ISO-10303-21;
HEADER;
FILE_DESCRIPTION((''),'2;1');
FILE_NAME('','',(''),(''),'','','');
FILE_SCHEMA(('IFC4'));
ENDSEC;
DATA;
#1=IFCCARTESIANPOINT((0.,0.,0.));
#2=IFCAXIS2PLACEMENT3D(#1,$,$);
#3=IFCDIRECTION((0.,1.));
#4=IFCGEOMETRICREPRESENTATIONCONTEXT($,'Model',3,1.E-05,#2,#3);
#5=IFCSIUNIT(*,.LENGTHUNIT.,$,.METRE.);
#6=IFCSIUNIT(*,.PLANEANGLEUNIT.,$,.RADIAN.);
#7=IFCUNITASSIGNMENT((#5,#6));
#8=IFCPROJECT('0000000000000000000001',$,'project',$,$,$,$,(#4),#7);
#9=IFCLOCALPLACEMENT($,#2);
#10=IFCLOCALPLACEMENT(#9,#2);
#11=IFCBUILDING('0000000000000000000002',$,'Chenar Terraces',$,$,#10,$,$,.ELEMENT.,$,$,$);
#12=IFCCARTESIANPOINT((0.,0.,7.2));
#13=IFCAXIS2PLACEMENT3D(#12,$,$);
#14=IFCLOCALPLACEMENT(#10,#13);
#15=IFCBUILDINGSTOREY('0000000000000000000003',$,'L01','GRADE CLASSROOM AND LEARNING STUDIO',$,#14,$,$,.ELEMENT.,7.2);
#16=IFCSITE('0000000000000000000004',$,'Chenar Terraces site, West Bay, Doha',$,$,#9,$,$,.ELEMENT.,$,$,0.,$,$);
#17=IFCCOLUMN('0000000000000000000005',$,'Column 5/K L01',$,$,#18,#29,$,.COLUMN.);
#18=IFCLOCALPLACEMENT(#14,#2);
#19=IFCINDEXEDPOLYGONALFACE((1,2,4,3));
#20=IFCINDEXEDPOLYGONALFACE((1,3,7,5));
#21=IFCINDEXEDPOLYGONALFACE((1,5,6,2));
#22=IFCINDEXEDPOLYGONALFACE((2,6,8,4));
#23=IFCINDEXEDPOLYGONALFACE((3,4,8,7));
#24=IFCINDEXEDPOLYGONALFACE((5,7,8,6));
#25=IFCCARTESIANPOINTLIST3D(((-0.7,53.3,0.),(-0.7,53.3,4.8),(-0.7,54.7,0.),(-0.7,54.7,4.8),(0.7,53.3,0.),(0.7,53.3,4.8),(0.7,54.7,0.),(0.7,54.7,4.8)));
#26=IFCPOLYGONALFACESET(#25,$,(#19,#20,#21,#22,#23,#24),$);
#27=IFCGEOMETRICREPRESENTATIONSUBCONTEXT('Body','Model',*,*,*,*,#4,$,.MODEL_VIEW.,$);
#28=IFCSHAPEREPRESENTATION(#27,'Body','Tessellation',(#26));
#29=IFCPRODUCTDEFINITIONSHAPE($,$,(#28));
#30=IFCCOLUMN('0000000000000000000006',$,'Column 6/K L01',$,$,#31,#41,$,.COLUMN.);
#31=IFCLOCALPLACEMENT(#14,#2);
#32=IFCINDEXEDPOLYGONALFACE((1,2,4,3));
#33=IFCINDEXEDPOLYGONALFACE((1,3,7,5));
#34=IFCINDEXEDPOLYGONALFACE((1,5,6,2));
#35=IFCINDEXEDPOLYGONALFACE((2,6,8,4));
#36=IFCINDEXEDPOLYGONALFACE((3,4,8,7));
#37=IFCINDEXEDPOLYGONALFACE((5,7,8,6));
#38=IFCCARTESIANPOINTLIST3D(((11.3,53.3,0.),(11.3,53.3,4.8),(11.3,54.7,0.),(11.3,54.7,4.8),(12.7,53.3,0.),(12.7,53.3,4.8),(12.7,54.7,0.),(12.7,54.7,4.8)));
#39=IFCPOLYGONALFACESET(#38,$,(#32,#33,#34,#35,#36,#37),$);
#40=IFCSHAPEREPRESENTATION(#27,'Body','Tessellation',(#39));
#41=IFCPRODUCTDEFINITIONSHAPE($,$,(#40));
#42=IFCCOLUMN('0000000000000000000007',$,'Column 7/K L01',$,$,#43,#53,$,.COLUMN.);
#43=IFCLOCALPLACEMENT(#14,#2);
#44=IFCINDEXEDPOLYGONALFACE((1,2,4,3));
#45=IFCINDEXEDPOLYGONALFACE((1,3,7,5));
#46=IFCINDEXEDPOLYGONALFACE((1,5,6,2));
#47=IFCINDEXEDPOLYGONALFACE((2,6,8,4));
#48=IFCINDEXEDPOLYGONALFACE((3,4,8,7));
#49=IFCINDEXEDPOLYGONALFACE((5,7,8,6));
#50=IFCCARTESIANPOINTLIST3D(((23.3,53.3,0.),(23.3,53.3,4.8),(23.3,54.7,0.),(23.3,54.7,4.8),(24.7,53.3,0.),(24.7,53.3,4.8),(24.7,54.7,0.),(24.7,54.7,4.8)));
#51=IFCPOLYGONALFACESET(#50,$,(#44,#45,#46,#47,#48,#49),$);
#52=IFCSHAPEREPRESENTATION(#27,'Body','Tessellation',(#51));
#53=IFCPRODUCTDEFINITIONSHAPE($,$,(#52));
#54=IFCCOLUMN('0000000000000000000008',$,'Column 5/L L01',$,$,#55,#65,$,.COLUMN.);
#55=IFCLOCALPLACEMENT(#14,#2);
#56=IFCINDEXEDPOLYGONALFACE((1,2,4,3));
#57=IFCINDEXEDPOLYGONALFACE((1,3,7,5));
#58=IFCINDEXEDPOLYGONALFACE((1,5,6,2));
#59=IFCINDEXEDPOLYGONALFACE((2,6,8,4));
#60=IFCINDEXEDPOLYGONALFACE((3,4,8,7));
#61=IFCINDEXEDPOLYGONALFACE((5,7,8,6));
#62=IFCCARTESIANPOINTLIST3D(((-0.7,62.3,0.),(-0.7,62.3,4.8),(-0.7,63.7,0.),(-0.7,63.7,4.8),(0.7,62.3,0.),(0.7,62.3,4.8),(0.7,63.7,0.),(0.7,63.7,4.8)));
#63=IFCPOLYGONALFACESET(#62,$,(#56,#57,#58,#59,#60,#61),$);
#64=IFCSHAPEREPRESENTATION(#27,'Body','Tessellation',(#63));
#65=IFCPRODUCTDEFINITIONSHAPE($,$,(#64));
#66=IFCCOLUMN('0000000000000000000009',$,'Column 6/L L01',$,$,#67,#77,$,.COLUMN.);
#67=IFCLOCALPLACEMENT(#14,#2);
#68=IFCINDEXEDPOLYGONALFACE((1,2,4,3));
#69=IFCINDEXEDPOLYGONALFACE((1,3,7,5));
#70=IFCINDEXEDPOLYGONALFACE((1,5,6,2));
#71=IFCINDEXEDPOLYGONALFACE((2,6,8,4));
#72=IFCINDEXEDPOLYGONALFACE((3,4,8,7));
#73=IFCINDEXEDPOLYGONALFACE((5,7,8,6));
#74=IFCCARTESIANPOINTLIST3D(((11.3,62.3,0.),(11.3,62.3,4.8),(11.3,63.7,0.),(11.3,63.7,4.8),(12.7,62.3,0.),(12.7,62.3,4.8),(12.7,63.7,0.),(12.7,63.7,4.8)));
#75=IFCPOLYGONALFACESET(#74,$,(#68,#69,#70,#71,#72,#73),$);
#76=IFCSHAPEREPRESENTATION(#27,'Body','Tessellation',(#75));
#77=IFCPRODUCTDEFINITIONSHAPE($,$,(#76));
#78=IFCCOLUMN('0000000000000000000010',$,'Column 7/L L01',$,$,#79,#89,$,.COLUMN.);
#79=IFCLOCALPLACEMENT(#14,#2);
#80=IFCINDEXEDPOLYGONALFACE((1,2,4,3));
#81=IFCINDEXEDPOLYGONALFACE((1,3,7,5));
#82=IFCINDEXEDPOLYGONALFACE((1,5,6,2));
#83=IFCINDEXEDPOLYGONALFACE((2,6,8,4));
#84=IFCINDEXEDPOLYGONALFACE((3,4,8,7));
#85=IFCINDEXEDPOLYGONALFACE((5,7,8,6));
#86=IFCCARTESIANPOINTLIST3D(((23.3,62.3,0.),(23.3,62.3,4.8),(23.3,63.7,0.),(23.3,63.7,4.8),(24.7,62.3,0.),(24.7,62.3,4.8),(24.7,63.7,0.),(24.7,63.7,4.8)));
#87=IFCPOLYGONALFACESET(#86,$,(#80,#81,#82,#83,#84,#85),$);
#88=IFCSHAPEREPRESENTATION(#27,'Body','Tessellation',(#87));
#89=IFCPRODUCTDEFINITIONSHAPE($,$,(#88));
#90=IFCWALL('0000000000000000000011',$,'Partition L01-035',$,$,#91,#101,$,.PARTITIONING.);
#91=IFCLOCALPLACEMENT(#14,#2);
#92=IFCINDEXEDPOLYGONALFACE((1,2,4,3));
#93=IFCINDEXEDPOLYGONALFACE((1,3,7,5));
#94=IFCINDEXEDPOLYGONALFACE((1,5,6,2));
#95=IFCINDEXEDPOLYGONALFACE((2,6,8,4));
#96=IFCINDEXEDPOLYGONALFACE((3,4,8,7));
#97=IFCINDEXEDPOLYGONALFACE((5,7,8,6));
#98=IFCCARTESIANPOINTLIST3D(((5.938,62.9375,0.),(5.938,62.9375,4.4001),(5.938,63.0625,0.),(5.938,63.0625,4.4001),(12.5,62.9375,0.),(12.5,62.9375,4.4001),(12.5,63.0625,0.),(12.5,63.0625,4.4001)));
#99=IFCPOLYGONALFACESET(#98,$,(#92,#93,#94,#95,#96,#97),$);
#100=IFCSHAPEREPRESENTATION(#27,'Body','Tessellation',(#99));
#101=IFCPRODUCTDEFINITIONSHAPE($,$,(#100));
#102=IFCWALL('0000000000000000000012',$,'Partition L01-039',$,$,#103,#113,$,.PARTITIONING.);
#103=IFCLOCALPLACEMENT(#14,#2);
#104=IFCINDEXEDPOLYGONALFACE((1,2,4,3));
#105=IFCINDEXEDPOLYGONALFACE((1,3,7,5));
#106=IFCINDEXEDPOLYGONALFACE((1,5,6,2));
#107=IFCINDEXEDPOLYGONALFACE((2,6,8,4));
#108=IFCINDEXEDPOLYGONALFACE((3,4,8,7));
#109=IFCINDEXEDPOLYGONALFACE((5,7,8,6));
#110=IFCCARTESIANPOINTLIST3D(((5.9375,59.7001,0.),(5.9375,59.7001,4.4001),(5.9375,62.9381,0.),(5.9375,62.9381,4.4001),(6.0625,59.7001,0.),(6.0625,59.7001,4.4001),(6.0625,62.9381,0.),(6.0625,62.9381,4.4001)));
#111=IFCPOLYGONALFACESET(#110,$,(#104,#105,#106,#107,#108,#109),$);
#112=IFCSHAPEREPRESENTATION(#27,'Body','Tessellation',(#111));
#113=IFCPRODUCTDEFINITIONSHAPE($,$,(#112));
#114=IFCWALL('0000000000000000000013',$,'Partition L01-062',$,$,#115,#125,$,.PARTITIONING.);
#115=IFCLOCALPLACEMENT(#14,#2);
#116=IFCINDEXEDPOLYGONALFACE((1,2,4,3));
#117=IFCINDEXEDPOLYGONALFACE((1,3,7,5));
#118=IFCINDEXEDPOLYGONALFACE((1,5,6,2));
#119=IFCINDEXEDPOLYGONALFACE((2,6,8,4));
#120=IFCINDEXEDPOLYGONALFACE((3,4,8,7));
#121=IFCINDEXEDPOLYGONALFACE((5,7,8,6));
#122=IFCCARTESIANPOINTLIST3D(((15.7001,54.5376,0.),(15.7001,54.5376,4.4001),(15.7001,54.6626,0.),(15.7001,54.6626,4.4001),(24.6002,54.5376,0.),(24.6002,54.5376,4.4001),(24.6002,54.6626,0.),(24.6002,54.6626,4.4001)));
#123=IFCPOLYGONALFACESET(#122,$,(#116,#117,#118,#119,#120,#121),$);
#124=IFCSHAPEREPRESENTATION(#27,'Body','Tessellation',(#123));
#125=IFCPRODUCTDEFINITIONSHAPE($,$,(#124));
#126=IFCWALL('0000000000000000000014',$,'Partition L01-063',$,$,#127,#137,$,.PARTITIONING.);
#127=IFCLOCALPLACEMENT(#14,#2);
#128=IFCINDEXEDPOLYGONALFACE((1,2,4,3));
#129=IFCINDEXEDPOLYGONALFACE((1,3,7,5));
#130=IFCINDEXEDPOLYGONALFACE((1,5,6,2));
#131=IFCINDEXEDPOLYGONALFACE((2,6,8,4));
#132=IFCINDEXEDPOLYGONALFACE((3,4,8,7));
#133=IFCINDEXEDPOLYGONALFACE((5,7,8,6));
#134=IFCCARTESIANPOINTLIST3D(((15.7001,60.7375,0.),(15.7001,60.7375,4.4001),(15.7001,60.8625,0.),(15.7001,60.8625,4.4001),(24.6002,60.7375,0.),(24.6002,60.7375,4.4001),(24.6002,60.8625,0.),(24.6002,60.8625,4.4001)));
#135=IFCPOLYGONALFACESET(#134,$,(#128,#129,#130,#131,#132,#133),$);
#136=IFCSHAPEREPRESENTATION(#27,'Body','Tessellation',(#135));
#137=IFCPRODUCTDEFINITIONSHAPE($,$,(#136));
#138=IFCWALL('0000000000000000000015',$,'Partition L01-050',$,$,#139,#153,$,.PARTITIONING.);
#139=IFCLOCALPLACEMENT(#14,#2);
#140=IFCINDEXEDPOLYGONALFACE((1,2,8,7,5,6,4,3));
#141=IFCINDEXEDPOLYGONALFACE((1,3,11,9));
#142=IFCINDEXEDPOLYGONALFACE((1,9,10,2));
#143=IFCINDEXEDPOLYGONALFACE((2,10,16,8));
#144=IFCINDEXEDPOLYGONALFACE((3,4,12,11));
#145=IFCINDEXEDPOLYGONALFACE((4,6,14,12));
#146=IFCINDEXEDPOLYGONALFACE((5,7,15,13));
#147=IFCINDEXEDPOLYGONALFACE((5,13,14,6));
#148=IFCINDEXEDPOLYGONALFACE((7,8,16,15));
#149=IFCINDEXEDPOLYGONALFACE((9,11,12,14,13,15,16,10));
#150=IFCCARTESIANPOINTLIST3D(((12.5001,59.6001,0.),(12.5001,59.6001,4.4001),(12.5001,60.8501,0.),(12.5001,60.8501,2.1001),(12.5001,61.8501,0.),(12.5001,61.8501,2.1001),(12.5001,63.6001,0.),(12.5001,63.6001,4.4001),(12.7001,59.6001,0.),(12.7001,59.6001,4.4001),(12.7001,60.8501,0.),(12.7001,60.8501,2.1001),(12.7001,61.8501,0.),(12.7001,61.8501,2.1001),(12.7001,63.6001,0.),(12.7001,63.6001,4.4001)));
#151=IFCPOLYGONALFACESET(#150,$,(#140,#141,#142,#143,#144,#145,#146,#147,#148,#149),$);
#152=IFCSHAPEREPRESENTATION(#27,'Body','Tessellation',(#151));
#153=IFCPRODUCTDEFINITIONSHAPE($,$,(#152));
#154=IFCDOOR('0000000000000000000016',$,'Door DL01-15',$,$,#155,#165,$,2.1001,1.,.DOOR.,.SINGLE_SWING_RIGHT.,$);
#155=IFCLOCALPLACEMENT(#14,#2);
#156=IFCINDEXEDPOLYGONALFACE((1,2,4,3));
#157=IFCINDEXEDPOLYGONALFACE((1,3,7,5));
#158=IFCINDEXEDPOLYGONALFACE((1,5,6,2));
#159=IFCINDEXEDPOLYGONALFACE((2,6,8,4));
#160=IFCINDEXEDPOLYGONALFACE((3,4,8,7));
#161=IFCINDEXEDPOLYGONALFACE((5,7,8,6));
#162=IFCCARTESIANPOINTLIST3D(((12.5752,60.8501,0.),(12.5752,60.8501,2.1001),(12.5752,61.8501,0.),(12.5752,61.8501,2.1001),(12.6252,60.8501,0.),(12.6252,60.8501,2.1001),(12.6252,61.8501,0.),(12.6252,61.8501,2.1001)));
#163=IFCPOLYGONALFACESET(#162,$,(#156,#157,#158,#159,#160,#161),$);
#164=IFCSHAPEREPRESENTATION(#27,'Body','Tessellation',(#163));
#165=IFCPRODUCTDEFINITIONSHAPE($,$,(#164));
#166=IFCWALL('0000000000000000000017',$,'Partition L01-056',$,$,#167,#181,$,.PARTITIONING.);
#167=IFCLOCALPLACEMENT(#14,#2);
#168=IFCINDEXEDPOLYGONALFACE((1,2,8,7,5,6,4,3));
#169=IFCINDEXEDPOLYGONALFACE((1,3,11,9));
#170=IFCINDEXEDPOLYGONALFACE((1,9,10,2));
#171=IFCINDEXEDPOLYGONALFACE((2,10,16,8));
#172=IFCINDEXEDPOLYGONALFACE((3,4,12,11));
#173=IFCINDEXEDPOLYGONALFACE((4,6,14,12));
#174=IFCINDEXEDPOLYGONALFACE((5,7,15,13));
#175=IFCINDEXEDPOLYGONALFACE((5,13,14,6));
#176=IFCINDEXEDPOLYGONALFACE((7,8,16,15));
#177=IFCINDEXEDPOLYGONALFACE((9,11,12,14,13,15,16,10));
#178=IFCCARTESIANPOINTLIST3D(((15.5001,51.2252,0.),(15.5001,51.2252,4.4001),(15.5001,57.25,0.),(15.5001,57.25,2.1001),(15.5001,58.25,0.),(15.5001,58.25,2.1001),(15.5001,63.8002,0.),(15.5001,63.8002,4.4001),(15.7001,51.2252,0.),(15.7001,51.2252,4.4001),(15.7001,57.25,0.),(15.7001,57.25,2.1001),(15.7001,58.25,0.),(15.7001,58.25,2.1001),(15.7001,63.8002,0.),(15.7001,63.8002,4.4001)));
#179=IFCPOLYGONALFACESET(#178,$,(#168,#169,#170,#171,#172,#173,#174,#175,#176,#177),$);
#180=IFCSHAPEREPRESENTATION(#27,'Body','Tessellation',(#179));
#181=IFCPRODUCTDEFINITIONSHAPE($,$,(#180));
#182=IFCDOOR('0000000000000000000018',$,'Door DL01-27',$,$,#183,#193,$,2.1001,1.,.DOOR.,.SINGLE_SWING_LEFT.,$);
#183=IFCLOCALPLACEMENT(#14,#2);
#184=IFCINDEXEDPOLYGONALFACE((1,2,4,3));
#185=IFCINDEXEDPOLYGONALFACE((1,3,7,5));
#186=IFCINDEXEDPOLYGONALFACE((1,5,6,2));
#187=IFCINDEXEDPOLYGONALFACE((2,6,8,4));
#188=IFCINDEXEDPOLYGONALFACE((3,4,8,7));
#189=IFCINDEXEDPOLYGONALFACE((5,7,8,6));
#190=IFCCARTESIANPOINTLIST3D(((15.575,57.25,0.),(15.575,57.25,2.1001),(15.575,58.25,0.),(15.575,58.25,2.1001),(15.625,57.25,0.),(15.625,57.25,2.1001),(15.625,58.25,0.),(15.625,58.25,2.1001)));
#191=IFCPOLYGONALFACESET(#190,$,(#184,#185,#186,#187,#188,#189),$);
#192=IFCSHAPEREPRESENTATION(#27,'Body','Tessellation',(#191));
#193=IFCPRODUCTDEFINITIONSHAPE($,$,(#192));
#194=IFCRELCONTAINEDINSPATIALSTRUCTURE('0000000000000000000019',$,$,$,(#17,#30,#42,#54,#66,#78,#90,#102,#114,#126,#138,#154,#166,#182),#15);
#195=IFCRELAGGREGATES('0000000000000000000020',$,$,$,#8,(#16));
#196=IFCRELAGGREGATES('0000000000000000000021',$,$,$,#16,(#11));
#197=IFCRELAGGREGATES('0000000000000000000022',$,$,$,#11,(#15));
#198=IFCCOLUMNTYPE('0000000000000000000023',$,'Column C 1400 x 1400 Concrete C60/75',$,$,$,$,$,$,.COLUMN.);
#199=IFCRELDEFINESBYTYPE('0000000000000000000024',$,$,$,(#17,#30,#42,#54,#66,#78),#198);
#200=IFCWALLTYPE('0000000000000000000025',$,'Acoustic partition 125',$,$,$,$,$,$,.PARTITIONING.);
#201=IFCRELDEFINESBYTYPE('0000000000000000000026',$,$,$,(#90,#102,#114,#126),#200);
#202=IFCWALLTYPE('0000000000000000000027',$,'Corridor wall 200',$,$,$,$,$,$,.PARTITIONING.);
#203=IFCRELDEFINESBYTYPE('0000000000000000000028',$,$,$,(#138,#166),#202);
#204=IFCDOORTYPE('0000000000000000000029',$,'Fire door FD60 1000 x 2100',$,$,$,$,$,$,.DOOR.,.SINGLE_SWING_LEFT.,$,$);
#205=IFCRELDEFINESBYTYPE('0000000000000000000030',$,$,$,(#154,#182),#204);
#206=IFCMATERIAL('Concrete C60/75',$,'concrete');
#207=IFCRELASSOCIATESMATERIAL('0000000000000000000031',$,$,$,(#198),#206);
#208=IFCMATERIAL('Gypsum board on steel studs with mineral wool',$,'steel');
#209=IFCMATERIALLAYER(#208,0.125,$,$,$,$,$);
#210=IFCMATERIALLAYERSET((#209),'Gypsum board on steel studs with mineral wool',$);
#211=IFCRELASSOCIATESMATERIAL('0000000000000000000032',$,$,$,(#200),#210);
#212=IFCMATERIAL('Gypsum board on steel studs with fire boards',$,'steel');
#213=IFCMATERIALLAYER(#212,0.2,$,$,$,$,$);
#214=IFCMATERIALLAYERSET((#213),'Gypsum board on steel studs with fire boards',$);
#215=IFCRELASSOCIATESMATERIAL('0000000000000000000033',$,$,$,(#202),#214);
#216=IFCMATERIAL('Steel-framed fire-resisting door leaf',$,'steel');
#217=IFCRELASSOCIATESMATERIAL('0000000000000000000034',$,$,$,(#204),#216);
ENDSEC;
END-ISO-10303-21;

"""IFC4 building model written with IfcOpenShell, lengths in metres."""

from ifc_helpers import new_model, si_unit, direction, frame, frame_2d, origin, origin_2d, place, context, subcontext, project, spatial, rectangle, extrude, material, layer, layer_set, material_profile, profile_set, type_object, element, fill, save


model = new_model("IFC4")

# Units and contexts
model_context = context("Model", 3, precision=1e-05, world=origin(), true_north=direction((0.0, 1.0)))
body_context = subcontext(model_context, "Body", "Model", "MODEL_VIEW")
ifc_project = project(units=[si_unit("LENGTHUNIT", "METRE"), si_unit("PLANEANGLEUNIT", "RADIAN")], contexts=[model_context])

# Site, building, storey
site_placement = place(None, origin())
site = spatial("IfcSite", under=ifc_project, at=site_placement, Name="Chenar Terraces site, West Bay, Doha", CompositionType="ELEMENT", RefElevation=0.0)
building_placement = place(site_placement, origin())
building = spatial("IfcBuilding", under=site, at=building_placement, Name="Chenar Terraces", CompositionType="ELEMENT")
storey_placement = place(building_placement, frame((0.0, 0.0, 7.2)))
storey = spatial("IfcBuildingStorey", under=building, at=storey_placement, Name="L01", Description="GRADE CLASSROOM AND LEARNING STUDIO", CompositionType="ELEMENT", Elevation=7.2)

# Columns
ifc_material_1 = material(Name="Concrete C60/75", Category="concrete")
ifc_material_profile = material_profile(ifc_material_1, rectangle(XDim=1.3999, YDim=1.3999, at=origin_2d()), Name="C 1400 x 1400")
ifc_profile_set = profile_set([ifc_material_profile], Name="Concrete C60/75")
column_type = type_object("IfcColumnType", Name="Column C 1400 x 1400 Concrete C60/75", PredefinedType="COLUMN", material=ifc_profile_set)
for number, where, z_axis, x_axis, name in (
    (1, (0.0, 54.0, 0.0), (0.0, 0.0, 1.0), (1.0, 0.0, 0.0), "Column 5/K L01"),
    (2, (12.0, 54.0, 0.0), (0.0, 0.0, 1.0), (1.0, 0.0, 0.0), "Column 6/K L01"),
    (3, (24.0, 54.0, 0.0), (0.0, 0.0, 1.0), (1.0, 0.0, 0.0), "Column 7/K L01"),
    (4, (0.0, 63.0, 0.0), (0.0, 0.0, 1.0), (1.0, 0.0, 0.0), "Column 5/L L01"),
    (5, (12.0, 63.0, 0.0), (0.0, 0.0, 1.0), (1.0, 0.0, 0.0), "Column 6/L L01"),
    (6, (24.0, 63.0, 0.0), (0.0, 0.0, 1.0), (1.0, 0.0, 0.0), "Column 7/L L01"),
):
    element("IfcColumn", number, at=place(storey_placement, frame(where, z_axis=z_axis, x_axis=x_axis)), inside=storey, type_object=column_type, Name=name, PredefinedType="COLUMN", context=body_context, shape_type="SweptSolid", body=[
        extrude(rectangle(XDim=1.3999, YDim=1.3999, at=origin_2d()), origin(), (0.0, 0.0, 1.0), 4.8),
    ])

# Walls
ifc_material_2 = material(Name="Gypsum board on steel studs with mineral wool", Category="steel")
ifc_layer_1 = layer(ifc_material_2, 0.125)
ifc_layer_set_1 = layer_set([ifc_layer_1], Name="Gypsum board on steel studs with mineral wool")
wall_type_1 = type_object("IfcWallType", Name="Acoustic partition 125", PredefinedType="PARTITIONING", material=ifc_layer_set_1)
wall_1_placement = place(storey_placement, frame((5.938, 63.0, 0.0), z_axis=(0.0, 0.0, 1.0), x_axis=(1.0, 0.0, 0.0)))
element("IfcWall", 7, at=wall_1_placement, inside=storey, type_object=wall_type_1, Name="Partition L01-035", PredefinedType="PARTITIONING", context=body_context, shape_type="SweptSolid", body=[
    extrude(rectangle(XDim=6.562, YDim=0.125, at=frame_2d((3.281, 0.0))), origin(), (0.0, 0.0, 1.0), 4.4001),
])
wall_2_placement = place(storey_placement, frame((6.0, 59.7, 0.0), z_axis=(0.0, 0.0, 1.0), x_axis=(0.0, 1.0, 0.0)))
element("IfcWall", 8, at=wall_2_placement, inside=storey, type_object=wall_type_1, Name="Partition L01-039", PredefinedType="PARTITIONING", context=body_context, shape_type="SweptSolid", body=[
    extrude(rectangle(XDim=3.238, YDim=0.125, at=frame_2d((1.6191, 0.0))), origin(), (0.0, 0.0, 1.0), 4.4001),
])
for number, where, z_axis, x_axis, name in (
    (9, (15.7, 54.6001, 0.0), (0.0, 0.0, 1.0), (1.0, 0.0, 0.0), "Partition L01-062"),
    (10, (15.7, 60.8, 0.0), (0.0, 0.0, 1.0), (1.0, 0.0, 0.0), "Partition L01-063"),
):
    element("IfcWall", number, at=place(storey_placement, frame(where, z_axis=z_axis, x_axis=x_axis)), inside=storey, type_object=wall_type_1, Name=name, PredefinedType="PARTITIONING", context=body_context, shape_type="SweptSolid", body=[
        extrude(rectangle(XDim=8.9001, YDim=0.125, at=frame_2d((4.4502, 0.0))), origin(), (0.0, 0.0, 1.0), 4.4001),
    ])

# Walls, openings, doors
ifc_material_3 = material(Name="Gypsum board on steel studs with fire boards", Category="steel")
ifc_layer_2 = layer(ifc_material_3, 0.2)
ifc_layer_set_2 = layer_set([ifc_layer_2], Name="Gypsum board on steel studs with fire boards")
wall_type_2 = type_object("IfcWallType", Name="Corridor wall 200", PredefinedType="PARTITIONING", material=ifc_layer_set_2)
wall_3_placement = place(storey_placement, frame((12.6001, 59.6001, 0.0), z_axis=(0.0, 0.0, 1.0), x_axis=(0.0, 1.0, 0.0)))
wall_3 = element("IfcWall", 11, at=wall_3_placement, inside=storey, type_object=wall_type_2, Name="Partition L01-050", PredefinedType="PARTITIONING", context=body_context, shape_type="SweptSolid", body=[
    extrude(rectangle(XDim=4.0, YDim=0.2, at=frame_2d((2.0, 0.0))), origin(), (0.0, 0.0, 1.0), 4.4001),
])
opening_1_placement = place(wall_3_placement, frame((1.25, 0.0, 0.0)))
opening_1 = element("IfcOpeningElement", 12, at=opening_1_placement, cuts=wall_3, PredefinedType="OPENING", context=body_context, shape_type="SweptSolid", body=[
    extrude(rectangle(XDim=1.0, YDim=2.1001, at=frame_2d((0.5, 1.05))), frame((0.0, 0.1099, 0.0), z_axis=(0.0, -1.0, 0.0), x_axis=(1.0, 0.0, 0.0)), (0.0, 0.0, 1.0), 0.22),
])
ifc_material_4 = material(Name="Steel-framed fire-resisting door leaf", Category="steel")
door_type_1 = type_object("IfcDoorType", Name="Fire door FD60 1000 x 2100", OperationType="SINGLE_SWING_LEFT", PredefinedType="DOOR", material=ifc_material_4)
door_1_placement = place(opening_1_placement, origin())
door_1 = element("IfcDoor", 13, at=door_1_placement, inside=storey, type_object=door_type_1, Name="Door DL01-15", OperationType="SINGLE_SWING_RIGHT", OverallHeight=2.1001, OverallWidth=1.0, PredefinedType="DOOR", context=body_context, shape_type="SweptSolid", body=[
    extrude(rectangle(XDim=1.0, YDim=2.1001, at=frame_2d((0.5, 1.05))), frame((0.0, 0.0249, 0.0), z_axis=(0.0, -1.0, 0.0), x_axis=(1.0, 0.0, 0.0)), (0.0, 0.0, 1.0), 0.05),
])
fill(opening_1, door_1)
wall_4_placement = place(storey_placement, frame((15.6001, 51.2251, 0.0), z_axis=(0.0, 0.0, 1.0), x_axis=(0.0, 1.0, 0.0)))
wall_4 = element("IfcWall", 14, at=wall_4_placement, inside=storey, type_object=wall_type_2, Name="Partition L01-056", PredefinedType="PARTITIONING", context=body_context, shape_type="SweptSolid", body=[
    extrude(rectangle(XDim=12.575, YDim=0.2, at=frame_2d((6.2876, 0.0))), origin(), (0.0, 0.0, 1.0), 4.4001),
])
opening_2_placement = place(wall_4_placement, frame((6.0249, 0.0, 0.0)))
opening_2 = element("IfcOpeningElement", 15, at=opening_2_placement, cuts=wall_4, PredefinedType="OPENING", context=body_context, shape_type="SweptSolid", body=[
    extrude(rectangle(XDim=1.0, YDim=2.1001, at=frame_2d((0.5, 1.05))), frame((0.0, 0.1099, 0.0), z_axis=(0.0, -1.0, 0.0), x_axis=(1.0, 0.0, 0.0)), (0.0, 0.0, 1.0), 0.22),
])
door_2_placement = place(opening_2_placement, frame((1.0, 0.0, 0.0), z_axis=(0.0, 0.0, 1.0), x_axis=(-1.0, 0.0, 0.0)))
door_2 = element("IfcDoor", 16, at=door_2_placement, inside=storey, type_object=door_type_1, Name="Door DL01-27", OperationType="SINGLE_SWING_LEFT", OverallHeight=2.1001, OverallWidth=1.0, PredefinedType="DOOR", context=body_context, shape_type="SweptSolid", body=[
    extrude(rectangle(XDim=1.0, YDim=2.1001, at=frame_2d((0.5, 1.05))), frame((0.0, 0.0249, 0.0), z_axis=(0.0, -1.0, 0.0), x_axis=(1.0, 0.0, 0.0)), (0.0, 0.0, 1.0), 0.05),
])
fill(opening_2, door_2)

save(model, "model.ifc")
